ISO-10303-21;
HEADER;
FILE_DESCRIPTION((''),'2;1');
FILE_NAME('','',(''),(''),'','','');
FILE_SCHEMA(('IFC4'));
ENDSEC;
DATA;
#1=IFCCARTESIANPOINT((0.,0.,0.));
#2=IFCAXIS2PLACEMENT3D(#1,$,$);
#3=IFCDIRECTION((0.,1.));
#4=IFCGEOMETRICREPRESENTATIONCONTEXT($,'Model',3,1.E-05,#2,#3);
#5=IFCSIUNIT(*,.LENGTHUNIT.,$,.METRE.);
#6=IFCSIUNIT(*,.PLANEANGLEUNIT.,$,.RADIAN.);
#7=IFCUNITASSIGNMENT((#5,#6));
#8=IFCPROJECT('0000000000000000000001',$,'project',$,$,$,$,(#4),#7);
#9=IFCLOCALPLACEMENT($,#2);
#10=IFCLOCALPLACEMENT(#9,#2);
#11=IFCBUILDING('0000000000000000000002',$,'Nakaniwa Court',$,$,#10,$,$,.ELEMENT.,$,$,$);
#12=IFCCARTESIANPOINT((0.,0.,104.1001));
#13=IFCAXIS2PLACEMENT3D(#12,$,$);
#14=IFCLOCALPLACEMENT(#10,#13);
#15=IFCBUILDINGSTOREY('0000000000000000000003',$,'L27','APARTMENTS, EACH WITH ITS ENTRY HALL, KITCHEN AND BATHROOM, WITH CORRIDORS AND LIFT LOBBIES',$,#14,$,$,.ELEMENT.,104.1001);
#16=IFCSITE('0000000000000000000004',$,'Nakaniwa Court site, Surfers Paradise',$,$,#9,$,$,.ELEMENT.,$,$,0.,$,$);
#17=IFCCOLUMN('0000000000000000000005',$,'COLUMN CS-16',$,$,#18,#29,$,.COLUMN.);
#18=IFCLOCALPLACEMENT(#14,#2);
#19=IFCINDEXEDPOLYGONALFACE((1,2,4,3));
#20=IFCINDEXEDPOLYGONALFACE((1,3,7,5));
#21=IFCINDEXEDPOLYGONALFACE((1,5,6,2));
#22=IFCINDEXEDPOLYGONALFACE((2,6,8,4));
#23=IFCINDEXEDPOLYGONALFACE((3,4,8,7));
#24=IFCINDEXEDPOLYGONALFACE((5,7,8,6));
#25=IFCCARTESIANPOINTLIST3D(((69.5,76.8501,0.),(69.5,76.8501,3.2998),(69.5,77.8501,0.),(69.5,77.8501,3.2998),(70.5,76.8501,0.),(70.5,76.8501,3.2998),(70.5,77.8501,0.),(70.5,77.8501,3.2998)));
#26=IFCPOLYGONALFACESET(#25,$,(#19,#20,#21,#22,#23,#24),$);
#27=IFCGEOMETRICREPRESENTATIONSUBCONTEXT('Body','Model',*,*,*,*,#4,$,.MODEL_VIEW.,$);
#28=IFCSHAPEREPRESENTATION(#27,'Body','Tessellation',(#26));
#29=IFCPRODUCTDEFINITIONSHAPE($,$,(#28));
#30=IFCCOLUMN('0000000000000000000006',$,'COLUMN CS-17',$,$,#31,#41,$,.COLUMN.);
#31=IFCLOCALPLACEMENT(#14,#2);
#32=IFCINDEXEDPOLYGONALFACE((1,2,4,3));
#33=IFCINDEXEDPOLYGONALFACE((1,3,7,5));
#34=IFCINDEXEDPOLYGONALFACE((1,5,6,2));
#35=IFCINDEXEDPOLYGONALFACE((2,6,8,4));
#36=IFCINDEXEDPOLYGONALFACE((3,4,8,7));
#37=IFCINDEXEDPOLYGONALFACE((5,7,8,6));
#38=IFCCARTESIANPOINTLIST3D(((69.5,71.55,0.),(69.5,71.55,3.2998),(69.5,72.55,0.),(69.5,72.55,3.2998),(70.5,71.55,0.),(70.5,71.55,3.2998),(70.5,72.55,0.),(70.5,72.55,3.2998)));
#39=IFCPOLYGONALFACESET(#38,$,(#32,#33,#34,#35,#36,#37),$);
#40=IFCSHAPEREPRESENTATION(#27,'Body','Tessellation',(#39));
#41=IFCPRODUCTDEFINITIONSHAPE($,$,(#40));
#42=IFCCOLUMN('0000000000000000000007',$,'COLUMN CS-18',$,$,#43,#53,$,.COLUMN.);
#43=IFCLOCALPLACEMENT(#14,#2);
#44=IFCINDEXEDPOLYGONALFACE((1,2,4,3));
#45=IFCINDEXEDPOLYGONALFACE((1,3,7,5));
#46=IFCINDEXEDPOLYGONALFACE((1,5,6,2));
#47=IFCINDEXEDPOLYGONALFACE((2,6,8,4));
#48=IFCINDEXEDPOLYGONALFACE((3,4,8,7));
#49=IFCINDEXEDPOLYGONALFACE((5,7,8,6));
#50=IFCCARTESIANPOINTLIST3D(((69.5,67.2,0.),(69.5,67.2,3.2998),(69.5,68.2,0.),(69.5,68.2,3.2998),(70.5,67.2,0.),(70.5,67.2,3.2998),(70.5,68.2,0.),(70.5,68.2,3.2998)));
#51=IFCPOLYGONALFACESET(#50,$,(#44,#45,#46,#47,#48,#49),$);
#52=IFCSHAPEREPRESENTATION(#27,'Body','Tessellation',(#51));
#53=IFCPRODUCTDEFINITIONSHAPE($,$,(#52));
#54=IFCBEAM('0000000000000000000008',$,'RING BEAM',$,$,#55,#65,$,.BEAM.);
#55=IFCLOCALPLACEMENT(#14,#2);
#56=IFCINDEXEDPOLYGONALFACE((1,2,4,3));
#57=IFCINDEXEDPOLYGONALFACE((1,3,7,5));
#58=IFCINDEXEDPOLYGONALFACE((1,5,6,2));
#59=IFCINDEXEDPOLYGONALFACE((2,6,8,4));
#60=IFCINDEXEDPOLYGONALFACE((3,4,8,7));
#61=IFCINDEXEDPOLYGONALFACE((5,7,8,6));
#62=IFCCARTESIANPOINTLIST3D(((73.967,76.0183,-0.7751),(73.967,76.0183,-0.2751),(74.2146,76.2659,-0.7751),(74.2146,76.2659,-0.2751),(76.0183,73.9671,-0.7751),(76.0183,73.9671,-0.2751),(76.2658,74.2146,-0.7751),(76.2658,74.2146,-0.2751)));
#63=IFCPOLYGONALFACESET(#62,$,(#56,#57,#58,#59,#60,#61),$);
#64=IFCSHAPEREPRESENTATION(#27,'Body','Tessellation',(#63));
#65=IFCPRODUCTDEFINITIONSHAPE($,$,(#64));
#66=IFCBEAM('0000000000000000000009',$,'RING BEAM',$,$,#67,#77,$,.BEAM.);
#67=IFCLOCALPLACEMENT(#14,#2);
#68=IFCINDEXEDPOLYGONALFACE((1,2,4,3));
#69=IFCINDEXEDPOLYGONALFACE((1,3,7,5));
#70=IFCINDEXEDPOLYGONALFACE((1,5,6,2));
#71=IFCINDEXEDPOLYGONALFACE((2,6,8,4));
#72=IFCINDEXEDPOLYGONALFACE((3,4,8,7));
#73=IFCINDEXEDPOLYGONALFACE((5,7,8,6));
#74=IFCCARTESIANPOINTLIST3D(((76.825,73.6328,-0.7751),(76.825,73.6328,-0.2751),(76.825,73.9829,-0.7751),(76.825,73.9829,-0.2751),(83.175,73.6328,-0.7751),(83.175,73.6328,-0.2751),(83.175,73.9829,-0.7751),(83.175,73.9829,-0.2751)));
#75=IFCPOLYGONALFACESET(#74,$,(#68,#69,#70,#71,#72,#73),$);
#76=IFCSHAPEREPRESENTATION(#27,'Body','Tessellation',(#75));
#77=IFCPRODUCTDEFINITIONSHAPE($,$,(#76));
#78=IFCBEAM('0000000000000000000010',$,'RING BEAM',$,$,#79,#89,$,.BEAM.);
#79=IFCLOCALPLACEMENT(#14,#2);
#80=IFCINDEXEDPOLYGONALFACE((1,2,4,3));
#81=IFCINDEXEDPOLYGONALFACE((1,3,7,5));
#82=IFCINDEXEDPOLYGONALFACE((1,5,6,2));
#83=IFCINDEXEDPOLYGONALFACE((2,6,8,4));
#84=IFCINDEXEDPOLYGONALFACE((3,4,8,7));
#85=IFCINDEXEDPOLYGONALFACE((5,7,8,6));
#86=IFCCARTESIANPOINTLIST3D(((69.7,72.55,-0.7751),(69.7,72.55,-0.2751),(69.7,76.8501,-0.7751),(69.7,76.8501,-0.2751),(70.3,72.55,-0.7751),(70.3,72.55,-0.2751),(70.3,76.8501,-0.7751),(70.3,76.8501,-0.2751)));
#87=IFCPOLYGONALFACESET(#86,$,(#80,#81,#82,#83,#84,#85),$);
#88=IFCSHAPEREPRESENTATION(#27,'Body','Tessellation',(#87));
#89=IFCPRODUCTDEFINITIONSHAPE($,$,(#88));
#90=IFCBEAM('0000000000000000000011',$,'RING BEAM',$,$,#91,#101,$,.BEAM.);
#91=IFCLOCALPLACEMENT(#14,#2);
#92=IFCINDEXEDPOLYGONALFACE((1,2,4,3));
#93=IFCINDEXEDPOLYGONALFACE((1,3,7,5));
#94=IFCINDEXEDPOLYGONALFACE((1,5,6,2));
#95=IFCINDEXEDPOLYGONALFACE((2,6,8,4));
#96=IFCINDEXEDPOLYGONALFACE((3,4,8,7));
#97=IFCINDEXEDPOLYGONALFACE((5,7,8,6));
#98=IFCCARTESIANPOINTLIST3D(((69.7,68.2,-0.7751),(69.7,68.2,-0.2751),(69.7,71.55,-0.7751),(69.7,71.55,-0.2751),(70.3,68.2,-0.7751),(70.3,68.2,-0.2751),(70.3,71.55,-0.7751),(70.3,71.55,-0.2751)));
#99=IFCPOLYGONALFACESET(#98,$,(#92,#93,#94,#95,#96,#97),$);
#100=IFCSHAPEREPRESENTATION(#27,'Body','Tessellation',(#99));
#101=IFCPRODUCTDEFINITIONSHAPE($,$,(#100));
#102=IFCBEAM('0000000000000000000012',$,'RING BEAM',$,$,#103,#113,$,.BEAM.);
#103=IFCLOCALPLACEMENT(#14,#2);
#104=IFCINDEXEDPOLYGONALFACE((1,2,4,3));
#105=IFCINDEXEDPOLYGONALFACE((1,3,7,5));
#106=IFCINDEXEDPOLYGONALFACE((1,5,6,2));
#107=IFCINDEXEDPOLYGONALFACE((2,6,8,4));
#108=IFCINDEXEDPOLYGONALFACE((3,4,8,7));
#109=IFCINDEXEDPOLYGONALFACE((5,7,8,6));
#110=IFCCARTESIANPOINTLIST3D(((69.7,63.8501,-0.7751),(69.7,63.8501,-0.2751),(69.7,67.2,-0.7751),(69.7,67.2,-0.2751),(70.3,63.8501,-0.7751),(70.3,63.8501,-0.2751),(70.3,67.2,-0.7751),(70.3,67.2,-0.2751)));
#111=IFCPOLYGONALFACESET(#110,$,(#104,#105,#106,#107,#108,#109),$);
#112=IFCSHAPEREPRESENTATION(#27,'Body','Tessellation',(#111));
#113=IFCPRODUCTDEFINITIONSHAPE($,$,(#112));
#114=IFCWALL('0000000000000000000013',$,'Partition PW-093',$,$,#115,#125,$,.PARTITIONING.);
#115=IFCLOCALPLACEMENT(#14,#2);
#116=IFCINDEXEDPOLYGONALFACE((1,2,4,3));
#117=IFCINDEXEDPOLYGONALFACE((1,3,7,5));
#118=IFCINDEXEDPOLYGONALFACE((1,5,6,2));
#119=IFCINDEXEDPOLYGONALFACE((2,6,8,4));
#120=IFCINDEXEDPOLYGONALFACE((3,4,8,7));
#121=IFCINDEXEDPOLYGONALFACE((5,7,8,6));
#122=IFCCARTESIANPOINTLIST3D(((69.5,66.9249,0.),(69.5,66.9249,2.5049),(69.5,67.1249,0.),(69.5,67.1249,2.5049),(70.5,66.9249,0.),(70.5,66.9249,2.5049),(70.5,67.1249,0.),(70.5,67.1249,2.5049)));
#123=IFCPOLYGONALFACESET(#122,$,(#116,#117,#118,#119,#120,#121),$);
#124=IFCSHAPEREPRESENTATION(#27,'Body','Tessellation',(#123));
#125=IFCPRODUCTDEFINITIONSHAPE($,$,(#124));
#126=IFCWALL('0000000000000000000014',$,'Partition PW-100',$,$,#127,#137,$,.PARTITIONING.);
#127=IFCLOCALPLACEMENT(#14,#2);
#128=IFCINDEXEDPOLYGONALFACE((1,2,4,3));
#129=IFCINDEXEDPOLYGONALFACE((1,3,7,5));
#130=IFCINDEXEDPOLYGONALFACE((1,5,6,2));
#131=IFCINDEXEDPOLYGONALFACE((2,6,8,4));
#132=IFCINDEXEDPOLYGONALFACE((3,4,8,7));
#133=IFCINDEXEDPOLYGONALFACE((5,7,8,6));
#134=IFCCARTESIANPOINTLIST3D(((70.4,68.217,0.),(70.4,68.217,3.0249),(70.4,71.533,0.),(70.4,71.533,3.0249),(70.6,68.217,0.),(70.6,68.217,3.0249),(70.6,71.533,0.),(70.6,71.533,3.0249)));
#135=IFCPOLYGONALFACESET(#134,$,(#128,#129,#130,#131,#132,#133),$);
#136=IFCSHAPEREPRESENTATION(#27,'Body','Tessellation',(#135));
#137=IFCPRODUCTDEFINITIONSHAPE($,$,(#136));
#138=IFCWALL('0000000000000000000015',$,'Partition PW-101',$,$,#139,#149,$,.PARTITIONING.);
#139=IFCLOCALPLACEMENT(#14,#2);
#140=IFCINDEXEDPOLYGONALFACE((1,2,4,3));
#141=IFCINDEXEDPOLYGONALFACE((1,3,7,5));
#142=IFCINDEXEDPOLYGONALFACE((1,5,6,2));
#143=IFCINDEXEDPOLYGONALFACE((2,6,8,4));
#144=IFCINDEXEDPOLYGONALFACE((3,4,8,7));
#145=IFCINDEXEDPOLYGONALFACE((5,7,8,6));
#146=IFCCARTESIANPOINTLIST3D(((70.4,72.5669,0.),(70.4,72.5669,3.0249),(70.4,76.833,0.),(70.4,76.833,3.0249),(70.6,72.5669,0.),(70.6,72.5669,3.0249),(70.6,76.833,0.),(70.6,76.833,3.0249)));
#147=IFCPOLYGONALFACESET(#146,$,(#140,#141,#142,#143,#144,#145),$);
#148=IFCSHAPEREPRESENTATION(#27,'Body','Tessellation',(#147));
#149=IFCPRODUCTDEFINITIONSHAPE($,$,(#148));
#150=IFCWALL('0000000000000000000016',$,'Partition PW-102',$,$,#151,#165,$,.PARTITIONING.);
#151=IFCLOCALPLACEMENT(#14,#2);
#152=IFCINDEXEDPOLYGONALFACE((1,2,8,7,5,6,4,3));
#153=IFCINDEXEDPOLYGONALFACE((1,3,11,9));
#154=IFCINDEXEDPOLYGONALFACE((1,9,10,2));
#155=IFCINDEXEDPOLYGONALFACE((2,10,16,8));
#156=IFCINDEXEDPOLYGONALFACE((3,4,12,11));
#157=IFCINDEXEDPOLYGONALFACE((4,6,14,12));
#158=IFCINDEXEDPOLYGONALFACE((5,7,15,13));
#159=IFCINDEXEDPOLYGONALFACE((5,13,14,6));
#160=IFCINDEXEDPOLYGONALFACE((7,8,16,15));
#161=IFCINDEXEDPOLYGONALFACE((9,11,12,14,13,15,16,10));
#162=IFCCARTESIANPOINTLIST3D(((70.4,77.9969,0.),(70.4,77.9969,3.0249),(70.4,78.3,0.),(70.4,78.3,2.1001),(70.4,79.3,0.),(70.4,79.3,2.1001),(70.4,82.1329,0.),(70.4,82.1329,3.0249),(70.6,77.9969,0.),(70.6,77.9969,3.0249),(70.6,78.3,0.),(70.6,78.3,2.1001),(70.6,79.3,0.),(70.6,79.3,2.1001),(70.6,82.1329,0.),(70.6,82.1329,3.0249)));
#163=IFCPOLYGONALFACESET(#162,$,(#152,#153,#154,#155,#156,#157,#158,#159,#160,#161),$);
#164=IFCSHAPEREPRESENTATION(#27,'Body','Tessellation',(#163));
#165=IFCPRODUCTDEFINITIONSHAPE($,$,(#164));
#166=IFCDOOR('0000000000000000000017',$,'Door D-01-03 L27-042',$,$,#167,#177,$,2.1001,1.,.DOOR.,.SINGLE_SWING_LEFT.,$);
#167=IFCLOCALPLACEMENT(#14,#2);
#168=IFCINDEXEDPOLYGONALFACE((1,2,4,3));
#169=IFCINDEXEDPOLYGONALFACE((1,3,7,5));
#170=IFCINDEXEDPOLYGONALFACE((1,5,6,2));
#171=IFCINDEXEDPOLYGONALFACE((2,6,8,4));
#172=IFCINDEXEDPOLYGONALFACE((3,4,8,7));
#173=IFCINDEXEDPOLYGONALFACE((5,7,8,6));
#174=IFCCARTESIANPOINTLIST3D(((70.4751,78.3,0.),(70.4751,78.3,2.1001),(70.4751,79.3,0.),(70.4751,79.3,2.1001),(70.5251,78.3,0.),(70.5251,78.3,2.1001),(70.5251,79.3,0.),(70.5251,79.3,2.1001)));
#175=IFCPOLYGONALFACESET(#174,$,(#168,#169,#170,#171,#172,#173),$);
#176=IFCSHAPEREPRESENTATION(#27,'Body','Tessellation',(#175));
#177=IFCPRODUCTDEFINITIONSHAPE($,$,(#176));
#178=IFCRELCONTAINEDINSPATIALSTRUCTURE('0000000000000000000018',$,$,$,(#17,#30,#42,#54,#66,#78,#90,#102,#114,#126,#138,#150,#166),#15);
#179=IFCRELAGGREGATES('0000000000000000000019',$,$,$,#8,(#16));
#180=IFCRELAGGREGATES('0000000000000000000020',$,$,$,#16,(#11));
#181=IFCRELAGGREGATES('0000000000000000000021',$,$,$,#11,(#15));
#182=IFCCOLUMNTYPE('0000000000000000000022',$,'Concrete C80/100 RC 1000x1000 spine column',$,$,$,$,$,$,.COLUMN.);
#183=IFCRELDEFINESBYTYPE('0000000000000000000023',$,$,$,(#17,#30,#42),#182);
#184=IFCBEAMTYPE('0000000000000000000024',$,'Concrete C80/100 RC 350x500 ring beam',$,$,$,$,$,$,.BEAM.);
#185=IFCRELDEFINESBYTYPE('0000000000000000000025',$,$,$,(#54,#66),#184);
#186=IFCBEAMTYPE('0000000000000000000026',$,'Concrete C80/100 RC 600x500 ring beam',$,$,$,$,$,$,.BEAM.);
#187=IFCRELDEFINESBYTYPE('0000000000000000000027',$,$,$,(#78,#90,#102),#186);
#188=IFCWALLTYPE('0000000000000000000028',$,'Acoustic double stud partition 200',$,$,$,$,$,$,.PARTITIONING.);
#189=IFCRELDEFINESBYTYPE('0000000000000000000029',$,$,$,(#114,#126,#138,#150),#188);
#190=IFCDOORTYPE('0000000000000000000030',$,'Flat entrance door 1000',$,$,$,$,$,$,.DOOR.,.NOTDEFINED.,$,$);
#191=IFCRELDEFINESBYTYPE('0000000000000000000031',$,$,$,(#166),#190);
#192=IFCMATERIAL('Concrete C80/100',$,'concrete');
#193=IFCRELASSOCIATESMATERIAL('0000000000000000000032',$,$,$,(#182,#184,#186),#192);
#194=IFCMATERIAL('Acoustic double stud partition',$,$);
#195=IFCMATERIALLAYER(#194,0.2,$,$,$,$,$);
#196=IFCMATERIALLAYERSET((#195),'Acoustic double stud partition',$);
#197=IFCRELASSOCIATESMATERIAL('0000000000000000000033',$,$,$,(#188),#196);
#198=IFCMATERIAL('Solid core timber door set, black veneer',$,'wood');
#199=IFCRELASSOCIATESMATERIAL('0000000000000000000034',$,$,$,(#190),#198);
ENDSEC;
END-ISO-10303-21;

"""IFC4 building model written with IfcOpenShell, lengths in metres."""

from ifc_helpers import new_model, si_unit, direction, frame, frame_2d, origin, origin_2d, place, context, subcontext, project, spatial, rectangle, extrude, material, layer, layer_set, material_profile, profile_set, type_object, element, fill, save


model = new_model("IFC4")

# Units and contexts
model_context = context("Model", 3, precision=1e-05, world=origin(), true_north=direction((0.0, 1.0)))
body_context = subcontext(model_context, "Body", "Model", "MODEL_VIEW")
ifc_project = project(units=[si_unit("LENGTHUNIT", "METRE"), si_unit("PLANEANGLEUNIT", "RADIAN")], contexts=[model_context])

# Site, building, storey
site_placement = place(None, origin())
site = spatial("IfcSite", under=ifc_project, at=site_placement, Name="Nakaniwa Court site, Surfers Paradise", CompositionType="ELEMENT", RefElevation=0.0)
building_placement = place(site_placement, origin())
building = spatial("IfcBuilding", under=site, at=building_placement, Name="Nakaniwa Court", CompositionType="ELEMENT")
storey_placement = place(building_placement, frame((0.0, 0.0, 104.1001)))
storey = spatial("IfcBuildingStorey", under=building, at=storey_placement, Name="L27", Description="APARTMENTS, EACH WITH ITS ENTRY HALL, KITCHEN AND BATHROOM, WITH CORRIDORS AND LIFT LOBBIES", CompositionType="ELEMENT", Elevation=104.1001)

# Columns
ifc_material_1 = material(Name="Concrete C80/100", Category="concrete")
ifc_material_profile_1 = material_profile(ifc_material_1, rectangle(XDim=1.0, YDim=1.0, at=origin_2d()), Name="Concrete C80/100 RC 1000x1000 spine column")
ifc_profile_set_1 = profile_set([ifc_material_profile_1], Name="Concrete C80/100")
column_type_1 = type_object("IfcColumnType", Name="Concrete C80/100 RC 1000x1000 spine column", PredefinedType="COLUMN", material=ifc_profile_set_1)
for number, where, z_axis, x_axis, name in (
    (1, (70.0, 77.3501, 0.0), (0.0, 0.0, 1.0), (0.0, -1.0, 0.0), "COLUMN CS-16"),
    (2, (70.0, 72.05, 0.0), (0.0, 0.0, 1.0), (0.0, -1.0, 0.0), "COLUMN CS-17"),
    (3, (70.0, 67.7, 0.0), (0.0, 0.0, 1.0), (0.0, -1.0, 0.0), "COLUMN CS-18"),
):
    element("IfcColumn", number, at=place(storey_placement, frame(where, z_axis=z_axis, x_axis=x_axis)), inside=storey, type_object=column_type_1, Name=name, PredefinedType="COLUMN", context=body_context, shape_type="SweptSolid", body=[
        extrude(rectangle(XDim=1.0, YDim=1.0, at=origin_2d()), origin(), (0.0, 0.0, 1.0), 3.2998),
    ])

# Beams
ifc_material_profile_2 = material_profile(ifc_material_1, rectangle(XDim=0.3501, YDim=0.5, at=origin_2d()), Name="Concrete C80/100 RC 350x500 ring beam")
ifc_profile_set_2 = profile_set([ifc_material_profile_2], Name="Concrete C80/100")
beam_type_1 = type_object("IfcBeamType", Name="Concrete C80/100 RC 350x500 ring beam", PredefinedType="BEAM", material=ifc_profile_set_2)
beam_1_placement = place(storey_placement, frame((74.0908, 76.1421, -0.5251), z_axis=(0.707107, -0.707107, 0.0), x_axis=(0.707107, 0.707107, 0.0)))
element("IfcBeam", 4, at=beam_1_placement, inside=storey, type_object=beam_type_1, Name="RING BEAM", PredefinedType="BEAM", context=body_context, shape_type="SweptSolid", body=[
    extrude(rectangle(XDim=0.3501, YDim=0.5, at=origin_2d()), origin(), (0.0, 0.0, 1.0), 2.9009),
])
beam_2_placement = place(storey_placement, frame((76.825, 73.8079, -0.5251), z_axis=(1.0, 0.0, 0.0), x_axis=(0.0, 1.0, 0.0)))
element("IfcBeam", 5, at=beam_2_placement, inside=storey, type_object=beam_type_1, Name="RING BEAM", PredefinedType="BEAM", context=body_context, shape_type="SweptSolid", body=[
    extrude(rectangle(XDim=0.3501, YDim=0.5, at=origin_2d()), origin(), (0.0, 0.0, 1.0), 6.3501),
])
ifc_material_profile_3 = material_profile(ifc_material_1, rectangle(XDim=0.6001, YDim=0.5, at=origin_2d()), Name="Concrete C80/100 RC 600x500 ring beam")
ifc_profile_set_3 = profile_set([ifc_material_profile_3], Name="Concrete C80/100")
beam_type_2 = type_object("IfcBeamType", Name="Concrete C80/100 RC 600x500 ring beam", PredefinedType="BEAM", material=ifc_profile_set_3)
beam_3_placement = place(storey_placement, frame((70.0, 76.8501, -0.5251), z_axis=(0.0, -1.0, 0.0), x_axis=(1.0, 0.0, 0.0)))
element("IfcBeam", 6, at=beam_3_placement, inside=storey, type_object=beam_type_2, Name="RING BEAM", PredefinedType="BEAM", context=body_context, shape_type="SweptSolid", body=[
    extrude(rectangle(XDim=0.6001, YDim=0.5, at=origin_2d()), origin(), (0.0, 0.0, 1.0), 4.3),
])
beam_4_placement = place(storey_placement, frame((70.0, 71.55, -0.5251), z_axis=(0.0, -1.0, 0.0), x_axis=(1.0, 0.0, 0.0)))
element("IfcBeam", 7, at=beam_4_placement, inside=storey, type_object=beam_type_2, Name="RING BEAM", PredefinedType="BEAM", context=body_context, shape_type="SweptSolid", body=[
    extrude(rectangle(XDim=0.6001, YDim=0.5, at=origin_2d()), origin(), (0.0, 0.0, 1.0), 3.3501),
])
beam_5_placement = place(storey_placement, frame((70.0, 67.2, -0.5251), z_axis=(0.0, -1.0, 0.0), x_axis=(1.0, 0.0, 0.0)))
element("IfcBeam", 8, at=beam_5_placement, inside=storey, type_object=beam_type_2, Name="RING BEAM", PredefinedType="BEAM", context=body_context, shape_type="SweptSolid", body=[
    extrude(rectangle(XDim=0.6001, YDim=0.5, at=origin_2d()), origin(), (0.0, 0.0, 1.0), 3.3499),
])

# Walls
ifc_material_2 = material(Name="Acoustic double stud partition")
ifc_layer_1 = layer(ifc_material_2, 0.2)
ifc_layer_set_1 = layer_set([ifc_layer_1], Name="Acoustic double stud partition")
wall_type_1 = type_object("IfcWallType", Name="Acoustic double stud partition 200", PredefinedType="PARTITIONING", material=ifc_layer_set_1)
wall_1_placement = place(storey_placement, frame((69.5, 67.0249, 0.0), z_axis=(0.0, 0.0, 1.0), x_axis=(1.0, 0.0, 0.0)))
element("IfcWall", 9, at=wall_1_placement, inside=storey, type_object=wall_type_1, Name="Partition PW-093", PredefinedType="PARTITIONING", context=body_context, shape_type="SweptSolid", body=[
    extrude(rectangle(XDim=1.0, YDim=0.2, at=frame_2d((0.5, 0.0))), origin(), (0.0, 0.0, 1.0), 2.5049),
])
wall_2_placement = place(storey_placement, frame((70.5, 68.217, 0.0), z_axis=(0.0, 0.0, 1.0), x_axis=(0.0, 1.0, 0.0)))
element("IfcWall", 10, at=wall_2_placement, inside=storey, type_object=wall_type_1, Name="Partition PW-100", PredefinedType="PARTITIONING", context=body_context, shape_type="SweptSolid", body=[
    extrude(rectangle(XDim=3.3159, YDim=0.2, at=frame_2d((1.658, 0.0))), origin(), (0.0, 0.0, 1.0), 3.0249),
])
wall_3_placement = place(storey_placement, frame((70.5, 72.5669, 0.0), z_axis=(0.0, 0.0, 1.0), x_axis=(0.0, 1.0, 0.0)))
element("IfcWall", 11, at=wall_3_placement, inside=storey, type_object=wall_type_1, Name="Partition PW-101", PredefinedType="PARTITIONING", context=body_context, shape_type="SweptSolid", body=[
    extrude(rectangle(XDim=4.2661, YDim=0.2, at=frame_2d((2.1331, 0.0))), origin(), (0.0, 0.0, 1.0), 3.0249),
])

# Wall, opening, door
wall_4_placement = place(storey_placement, frame((70.5, 77.9971, 0.0), z_axis=(0.0, 0.0, 1.0), x_axis=(0.0, 1.0, 0.0)))
wall_4 = element("IfcWall", 12, at=wall_4_placement, inside=storey, type_object=wall_type_1, Name="Partition PW-102", PredefinedType="PARTITIONING", context=body_context, shape_type="SweptSolid", body=[
    extrude(rectangle(XDim=4.136, YDim=0.2, at=frame_2d((2.0679, 0.0))), origin(), (0.0, 0.0, 1.0), 3.0249),
])
opening_1_placement = place(wall_4_placement, frame((0.303, 0.0, 0.0)))
opening_1 = element("IfcOpeningElement", 13, at=opening_1_placement, cuts=wall_4, PredefinedType="OPENING", context=body_context, shape_type="SweptSolid", body=[
    extrude(rectangle(XDim=1.0, YDim=2.1001, at=frame_2d((0.5, 1.05))), frame((0.0, 0.1099, 0.0), z_axis=(0.0, -1.0, 0.0), x_axis=(1.0, 0.0, 0.0)), (0.0, 0.0, 1.0), 0.22),
])
ifc_material_3 = material(Name="Solid core timber door set, black veneer", Category="wood")
door_type_1 = type_object("IfcDoorType", Name="Flat entrance door 1000", OperationType="NOTDEFINED", PredefinedType="DOOR", material=ifc_material_3)
door_1_placement = place(opening_1_placement, origin())
door_1 = element("IfcDoor", 14, at=door_1_placement, inside=storey, type_object=door_type_1, Name="Door D-01-03 L27-042", OperationType="SINGLE_SWING_LEFT", OverallHeight=2.1001, OverallWidth=1.0, PredefinedType="DOOR", context=body_context, shape_type="SweptSolid", body=[
    extrude(rectangle(XDim=1.0, YDim=2.1001, at=frame_2d((0.5, 1.05))), frame((0.0, 0.0249, 0.0), z_axis=(0.0, -1.0, 0.0), x_axis=(1.0, 0.0, 0.0)), (0.0, 0.0, 1.0), 0.05),
])
fill(opening_1, door_1)

save(model, "model.ifc")
